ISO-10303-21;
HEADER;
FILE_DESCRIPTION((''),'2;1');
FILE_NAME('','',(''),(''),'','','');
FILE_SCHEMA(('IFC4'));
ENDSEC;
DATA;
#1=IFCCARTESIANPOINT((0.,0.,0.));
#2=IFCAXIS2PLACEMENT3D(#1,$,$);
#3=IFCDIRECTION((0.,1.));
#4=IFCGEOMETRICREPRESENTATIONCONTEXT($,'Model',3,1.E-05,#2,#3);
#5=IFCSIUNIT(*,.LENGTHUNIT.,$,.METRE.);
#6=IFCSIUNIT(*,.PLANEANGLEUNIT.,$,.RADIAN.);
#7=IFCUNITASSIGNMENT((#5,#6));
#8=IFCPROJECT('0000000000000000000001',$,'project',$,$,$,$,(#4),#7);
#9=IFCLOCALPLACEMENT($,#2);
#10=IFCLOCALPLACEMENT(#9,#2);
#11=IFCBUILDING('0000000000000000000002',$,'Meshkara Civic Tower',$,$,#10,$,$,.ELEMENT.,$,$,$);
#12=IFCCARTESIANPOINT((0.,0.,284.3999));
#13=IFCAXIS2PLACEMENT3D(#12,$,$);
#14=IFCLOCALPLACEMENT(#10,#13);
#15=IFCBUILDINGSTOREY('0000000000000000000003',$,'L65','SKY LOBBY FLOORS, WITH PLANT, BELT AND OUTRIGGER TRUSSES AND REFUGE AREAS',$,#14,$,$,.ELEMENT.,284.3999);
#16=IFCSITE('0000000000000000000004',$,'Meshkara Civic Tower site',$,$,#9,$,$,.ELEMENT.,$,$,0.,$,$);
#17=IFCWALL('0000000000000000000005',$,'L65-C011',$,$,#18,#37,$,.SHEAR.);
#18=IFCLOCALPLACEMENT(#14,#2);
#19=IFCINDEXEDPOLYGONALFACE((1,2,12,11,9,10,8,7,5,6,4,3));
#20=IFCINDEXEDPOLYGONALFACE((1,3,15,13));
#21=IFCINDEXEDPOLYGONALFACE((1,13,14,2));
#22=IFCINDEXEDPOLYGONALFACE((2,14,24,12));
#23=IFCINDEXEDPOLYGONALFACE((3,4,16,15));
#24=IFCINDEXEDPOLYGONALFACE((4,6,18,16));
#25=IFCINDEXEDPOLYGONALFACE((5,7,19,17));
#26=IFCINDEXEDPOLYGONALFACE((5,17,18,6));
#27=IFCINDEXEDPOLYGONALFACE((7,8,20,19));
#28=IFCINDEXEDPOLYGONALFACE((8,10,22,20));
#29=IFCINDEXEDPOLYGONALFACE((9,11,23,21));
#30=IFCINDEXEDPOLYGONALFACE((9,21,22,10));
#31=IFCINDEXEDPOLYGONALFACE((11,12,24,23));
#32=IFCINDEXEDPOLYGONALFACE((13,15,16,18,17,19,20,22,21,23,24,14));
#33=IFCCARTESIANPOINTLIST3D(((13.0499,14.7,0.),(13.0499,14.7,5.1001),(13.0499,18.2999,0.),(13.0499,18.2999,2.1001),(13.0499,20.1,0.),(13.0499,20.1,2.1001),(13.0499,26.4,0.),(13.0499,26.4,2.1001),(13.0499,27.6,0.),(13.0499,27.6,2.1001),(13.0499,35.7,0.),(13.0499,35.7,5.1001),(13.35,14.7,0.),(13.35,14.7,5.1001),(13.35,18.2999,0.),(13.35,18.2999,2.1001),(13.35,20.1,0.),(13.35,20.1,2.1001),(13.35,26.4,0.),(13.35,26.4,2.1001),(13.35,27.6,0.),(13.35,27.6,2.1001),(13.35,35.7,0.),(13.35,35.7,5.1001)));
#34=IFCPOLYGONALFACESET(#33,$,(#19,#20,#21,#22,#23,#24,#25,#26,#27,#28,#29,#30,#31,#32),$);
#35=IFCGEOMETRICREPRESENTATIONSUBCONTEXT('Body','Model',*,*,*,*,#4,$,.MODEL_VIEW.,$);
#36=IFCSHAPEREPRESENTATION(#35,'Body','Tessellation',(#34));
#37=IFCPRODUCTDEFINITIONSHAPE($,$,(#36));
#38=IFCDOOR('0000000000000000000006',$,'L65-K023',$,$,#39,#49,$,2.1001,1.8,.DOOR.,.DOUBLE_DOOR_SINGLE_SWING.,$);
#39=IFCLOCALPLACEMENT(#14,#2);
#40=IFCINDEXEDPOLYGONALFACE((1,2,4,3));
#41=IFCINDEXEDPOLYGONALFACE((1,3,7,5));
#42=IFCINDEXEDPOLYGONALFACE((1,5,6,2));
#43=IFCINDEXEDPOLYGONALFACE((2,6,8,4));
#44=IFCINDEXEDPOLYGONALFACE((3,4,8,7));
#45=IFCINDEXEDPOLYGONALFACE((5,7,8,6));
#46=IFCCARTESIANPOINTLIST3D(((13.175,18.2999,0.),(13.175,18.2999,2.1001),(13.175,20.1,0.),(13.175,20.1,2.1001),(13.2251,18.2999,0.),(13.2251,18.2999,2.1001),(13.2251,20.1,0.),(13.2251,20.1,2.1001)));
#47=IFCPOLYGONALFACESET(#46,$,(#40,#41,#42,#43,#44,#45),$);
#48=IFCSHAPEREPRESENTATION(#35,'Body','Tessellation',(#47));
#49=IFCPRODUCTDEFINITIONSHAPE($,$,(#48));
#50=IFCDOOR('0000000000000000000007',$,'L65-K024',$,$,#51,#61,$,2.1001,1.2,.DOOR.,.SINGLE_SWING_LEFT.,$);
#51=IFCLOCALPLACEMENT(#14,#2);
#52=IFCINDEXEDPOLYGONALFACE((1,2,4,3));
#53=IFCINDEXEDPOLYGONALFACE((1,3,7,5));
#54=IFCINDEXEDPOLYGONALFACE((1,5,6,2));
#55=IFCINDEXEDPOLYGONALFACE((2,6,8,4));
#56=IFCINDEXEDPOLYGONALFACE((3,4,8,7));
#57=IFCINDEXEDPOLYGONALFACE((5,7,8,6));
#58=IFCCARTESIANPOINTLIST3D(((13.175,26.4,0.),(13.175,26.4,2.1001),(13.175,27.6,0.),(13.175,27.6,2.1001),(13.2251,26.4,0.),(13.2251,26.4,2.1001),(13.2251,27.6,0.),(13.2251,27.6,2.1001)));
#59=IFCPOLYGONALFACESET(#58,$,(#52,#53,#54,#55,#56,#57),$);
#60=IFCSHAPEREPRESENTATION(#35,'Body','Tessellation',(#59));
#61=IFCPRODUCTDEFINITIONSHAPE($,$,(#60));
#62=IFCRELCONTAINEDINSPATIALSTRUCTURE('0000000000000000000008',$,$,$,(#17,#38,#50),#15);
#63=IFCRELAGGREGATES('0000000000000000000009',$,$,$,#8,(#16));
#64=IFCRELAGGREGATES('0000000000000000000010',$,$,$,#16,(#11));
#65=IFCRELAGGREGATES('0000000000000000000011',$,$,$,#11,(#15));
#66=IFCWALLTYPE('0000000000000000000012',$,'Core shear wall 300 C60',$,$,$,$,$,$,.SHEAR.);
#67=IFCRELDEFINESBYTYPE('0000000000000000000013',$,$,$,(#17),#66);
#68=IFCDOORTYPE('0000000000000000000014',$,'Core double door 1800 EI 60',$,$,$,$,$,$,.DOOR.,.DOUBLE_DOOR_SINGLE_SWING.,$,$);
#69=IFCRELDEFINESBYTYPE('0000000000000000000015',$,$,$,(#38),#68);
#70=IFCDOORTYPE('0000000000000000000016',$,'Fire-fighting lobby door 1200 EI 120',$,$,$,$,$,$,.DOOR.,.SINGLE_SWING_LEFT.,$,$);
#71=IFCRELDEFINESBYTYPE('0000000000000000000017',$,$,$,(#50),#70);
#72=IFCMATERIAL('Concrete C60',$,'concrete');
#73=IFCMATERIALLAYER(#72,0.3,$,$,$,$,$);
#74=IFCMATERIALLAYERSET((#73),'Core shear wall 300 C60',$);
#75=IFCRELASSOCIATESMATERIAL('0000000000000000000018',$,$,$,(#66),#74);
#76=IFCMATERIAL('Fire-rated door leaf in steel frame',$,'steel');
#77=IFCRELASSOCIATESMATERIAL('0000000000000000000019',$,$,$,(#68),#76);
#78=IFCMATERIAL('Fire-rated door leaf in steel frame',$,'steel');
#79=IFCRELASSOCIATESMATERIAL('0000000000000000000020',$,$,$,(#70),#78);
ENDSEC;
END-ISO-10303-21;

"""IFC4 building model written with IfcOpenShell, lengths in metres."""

from ifc_helpers import new_model, si_unit, direction, frame, frame_2d, origin, place, context, subcontext, project, spatial, rectangle, extrude, material, layer, layer_set, type_object, element, fill, save


model = new_model("IFC4")

# Units and contexts
model_context = context("Model", 3, precision=1e-05, world=origin(), true_north=direction((0.0, 1.0)))
body_context = subcontext(model_context, "Body", "Model", "MODEL_VIEW")
ifc_project = project(units=[si_unit("LENGTHUNIT", "METRE"), si_unit("PLANEANGLEUNIT", "RADIAN")], contexts=[model_context])

# Site, building, storey
site_placement = place(None, origin())
site = spatial("IfcSite", under=ifc_project, at=site_placement, Name="Meshkara Civic Tower site", CompositionType="ELEMENT", RefElevation=0.0)
building_placement = place(site_placement, origin())
building = spatial("IfcBuilding", under=site, at=building_placement, Name="Meshkara Civic Tower", CompositionType="ELEMENT")
storey_placement = place(building_placement, frame((0.0, 0.0, 284.3999)))
storey = spatial("IfcBuildingStorey", under=building, at=storey_placement, Name="L65", Description="SKY LOBBY FLOORS, WITH PLANT, BELT AND OUTRIGGER TRUSSES AND REFUGE AREAS", CompositionType="ELEMENT", Elevation=284.3999)

# Wall, openings, doors
ifc_material_1 = material(Name="Concrete C60", Category="concrete")
ifc_layer_1 = layer(ifc_material_1, 0.3)
ifc_layer_set_1 = layer_set([ifc_layer_1], Name="Core shear wall 300 C60")
wall_type_1 = type_object("IfcWallType", Name="Core shear wall 300 C60", PredefinedType="SHEAR", material=ifc_layer_set_1)
wall_1_placement = place(storey_placement, frame((13.2, 14.7, 0.0), z_axis=(0.0, 0.0, 1.0), x_axis=(0.0, 1.0, 0.0)))
wall_1 = element("IfcWall", 1, at=wall_1_placement, inside=storey, type_object=wall_type_1, Name="L65-C011", PredefinedType="SHEAR", context=body_context, shape_type="SweptSolid", body=[
    extrude(rectangle(XDim=21.0, YDim=0.3, at=frame_2d((10.5, 0.0))), origin(), (0.0, 0.0, 1.0), 5.1001),
])
opening_1_placement = place(wall_1_placement, frame((3.6001, 0.0, 0.0)))
opening_1 = element("IfcOpeningElement", 2, at=opening_1_placement, cuts=wall_1, PredefinedType="OPENING", context=body_context, shape_type="SweptSolid", body=[
    extrude(rectangle(XDim=1.8, YDim=2.1001, at=frame_2d((0.8999, 1.05))), frame((0.0, 0.1599, 0.0), z_axis=(0.0, -1.0, 0.0), x_axis=(1.0, 0.0, 0.0)), (0.0, 0.0, 1.0), 0.3201),
])
opening_2_placement = place(wall_1_placement, frame((11.7, 0.0, 0.0)))
opening_2 = element("IfcOpeningElement", 3, at=opening_2_placement, cuts=wall_1, PredefinedType="OPENING", context=body_context, shape_type="SweptSolid", body=[
    extrude(rectangle(XDim=1.2, YDim=2.1001, at=frame_2d((0.6001, 1.05))), frame((0.0, 0.1599, 0.0), z_axis=(0.0, -1.0, 0.0), x_axis=(1.0, 0.0, 0.0)), (0.0, 0.0, 1.0), 0.3201),
])
ifc_material_2 = material(Name="Fire-rated door leaf in steel frame", Category="steel")
door_type_1 = type_object("IfcDoorType", Name="Core double door 1800 EI 60", OperationType="DOUBLE_DOOR_SINGLE_SWING", PredefinedType="DOOR", material=ifc_material_2)
door_1_placement = place(opening_1_placement, origin())
door_1 = element("IfcDoor", 4, at=door_1_placement, inside=storey, type_object=door_type_1, Name="L65-K023", OperationType="DOUBLE_DOOR_SINGLE_SWING", OverallHeight=2.1001, OverallWidth=1.8, PredefinedType="DOOR", context=body_context, shape_type="SweptSolid", body=[
    extrude(rectangle(XDim=1.8, YDim=2.1001, at=frame_2d((0.8999, 1.05))), frame((0.0, 0.0249, 0.0), z_axis=(0.0, -1.0, 0.0), x_axis=(1.0, 0.0, 0.0)), (0.0, 0.0, 1.0), 0.05),
])
fill(opening_1, door_1)
ifc_material_3 = material(Name="Fire-rated door leaf in steel frame", Category="steel")
door_type_2 = type_object("IfcDoorType", Name="Fire-fighting lobby door 1200 EI 120", OperationType="SINGLE_SWING_LEFT", PredefinedType="DOOR", material=ifc_material_3)
door_2_placement = place(opening_2_placement, origin())
door_2 = element("IfcDoor", 5, at=door_2_placement, inside=storey, type_object=door_type_2, Name="L65-K024", OperationType="SINGLE_SWING_LEFT", OverallHeight=2.1001, OverallWidth=1.2, PredefinedType="DOOR", context=body_context, shape_type="SweptSolid", body=[
    extrude(rectangle(XDim=1.2, YDim=2.1001, at=frame_2d((0.6001, 1.05))), frame((0.0, 0.0249, 0.0), z_axis=(0.0, -1.0, 0.0), x_axis=(1.0, 0.0, 0.0)), (0.0, 0.0, 1.0), 0.05),
])
fill(opening_2, door_2)

save(model, "model.ifc")
